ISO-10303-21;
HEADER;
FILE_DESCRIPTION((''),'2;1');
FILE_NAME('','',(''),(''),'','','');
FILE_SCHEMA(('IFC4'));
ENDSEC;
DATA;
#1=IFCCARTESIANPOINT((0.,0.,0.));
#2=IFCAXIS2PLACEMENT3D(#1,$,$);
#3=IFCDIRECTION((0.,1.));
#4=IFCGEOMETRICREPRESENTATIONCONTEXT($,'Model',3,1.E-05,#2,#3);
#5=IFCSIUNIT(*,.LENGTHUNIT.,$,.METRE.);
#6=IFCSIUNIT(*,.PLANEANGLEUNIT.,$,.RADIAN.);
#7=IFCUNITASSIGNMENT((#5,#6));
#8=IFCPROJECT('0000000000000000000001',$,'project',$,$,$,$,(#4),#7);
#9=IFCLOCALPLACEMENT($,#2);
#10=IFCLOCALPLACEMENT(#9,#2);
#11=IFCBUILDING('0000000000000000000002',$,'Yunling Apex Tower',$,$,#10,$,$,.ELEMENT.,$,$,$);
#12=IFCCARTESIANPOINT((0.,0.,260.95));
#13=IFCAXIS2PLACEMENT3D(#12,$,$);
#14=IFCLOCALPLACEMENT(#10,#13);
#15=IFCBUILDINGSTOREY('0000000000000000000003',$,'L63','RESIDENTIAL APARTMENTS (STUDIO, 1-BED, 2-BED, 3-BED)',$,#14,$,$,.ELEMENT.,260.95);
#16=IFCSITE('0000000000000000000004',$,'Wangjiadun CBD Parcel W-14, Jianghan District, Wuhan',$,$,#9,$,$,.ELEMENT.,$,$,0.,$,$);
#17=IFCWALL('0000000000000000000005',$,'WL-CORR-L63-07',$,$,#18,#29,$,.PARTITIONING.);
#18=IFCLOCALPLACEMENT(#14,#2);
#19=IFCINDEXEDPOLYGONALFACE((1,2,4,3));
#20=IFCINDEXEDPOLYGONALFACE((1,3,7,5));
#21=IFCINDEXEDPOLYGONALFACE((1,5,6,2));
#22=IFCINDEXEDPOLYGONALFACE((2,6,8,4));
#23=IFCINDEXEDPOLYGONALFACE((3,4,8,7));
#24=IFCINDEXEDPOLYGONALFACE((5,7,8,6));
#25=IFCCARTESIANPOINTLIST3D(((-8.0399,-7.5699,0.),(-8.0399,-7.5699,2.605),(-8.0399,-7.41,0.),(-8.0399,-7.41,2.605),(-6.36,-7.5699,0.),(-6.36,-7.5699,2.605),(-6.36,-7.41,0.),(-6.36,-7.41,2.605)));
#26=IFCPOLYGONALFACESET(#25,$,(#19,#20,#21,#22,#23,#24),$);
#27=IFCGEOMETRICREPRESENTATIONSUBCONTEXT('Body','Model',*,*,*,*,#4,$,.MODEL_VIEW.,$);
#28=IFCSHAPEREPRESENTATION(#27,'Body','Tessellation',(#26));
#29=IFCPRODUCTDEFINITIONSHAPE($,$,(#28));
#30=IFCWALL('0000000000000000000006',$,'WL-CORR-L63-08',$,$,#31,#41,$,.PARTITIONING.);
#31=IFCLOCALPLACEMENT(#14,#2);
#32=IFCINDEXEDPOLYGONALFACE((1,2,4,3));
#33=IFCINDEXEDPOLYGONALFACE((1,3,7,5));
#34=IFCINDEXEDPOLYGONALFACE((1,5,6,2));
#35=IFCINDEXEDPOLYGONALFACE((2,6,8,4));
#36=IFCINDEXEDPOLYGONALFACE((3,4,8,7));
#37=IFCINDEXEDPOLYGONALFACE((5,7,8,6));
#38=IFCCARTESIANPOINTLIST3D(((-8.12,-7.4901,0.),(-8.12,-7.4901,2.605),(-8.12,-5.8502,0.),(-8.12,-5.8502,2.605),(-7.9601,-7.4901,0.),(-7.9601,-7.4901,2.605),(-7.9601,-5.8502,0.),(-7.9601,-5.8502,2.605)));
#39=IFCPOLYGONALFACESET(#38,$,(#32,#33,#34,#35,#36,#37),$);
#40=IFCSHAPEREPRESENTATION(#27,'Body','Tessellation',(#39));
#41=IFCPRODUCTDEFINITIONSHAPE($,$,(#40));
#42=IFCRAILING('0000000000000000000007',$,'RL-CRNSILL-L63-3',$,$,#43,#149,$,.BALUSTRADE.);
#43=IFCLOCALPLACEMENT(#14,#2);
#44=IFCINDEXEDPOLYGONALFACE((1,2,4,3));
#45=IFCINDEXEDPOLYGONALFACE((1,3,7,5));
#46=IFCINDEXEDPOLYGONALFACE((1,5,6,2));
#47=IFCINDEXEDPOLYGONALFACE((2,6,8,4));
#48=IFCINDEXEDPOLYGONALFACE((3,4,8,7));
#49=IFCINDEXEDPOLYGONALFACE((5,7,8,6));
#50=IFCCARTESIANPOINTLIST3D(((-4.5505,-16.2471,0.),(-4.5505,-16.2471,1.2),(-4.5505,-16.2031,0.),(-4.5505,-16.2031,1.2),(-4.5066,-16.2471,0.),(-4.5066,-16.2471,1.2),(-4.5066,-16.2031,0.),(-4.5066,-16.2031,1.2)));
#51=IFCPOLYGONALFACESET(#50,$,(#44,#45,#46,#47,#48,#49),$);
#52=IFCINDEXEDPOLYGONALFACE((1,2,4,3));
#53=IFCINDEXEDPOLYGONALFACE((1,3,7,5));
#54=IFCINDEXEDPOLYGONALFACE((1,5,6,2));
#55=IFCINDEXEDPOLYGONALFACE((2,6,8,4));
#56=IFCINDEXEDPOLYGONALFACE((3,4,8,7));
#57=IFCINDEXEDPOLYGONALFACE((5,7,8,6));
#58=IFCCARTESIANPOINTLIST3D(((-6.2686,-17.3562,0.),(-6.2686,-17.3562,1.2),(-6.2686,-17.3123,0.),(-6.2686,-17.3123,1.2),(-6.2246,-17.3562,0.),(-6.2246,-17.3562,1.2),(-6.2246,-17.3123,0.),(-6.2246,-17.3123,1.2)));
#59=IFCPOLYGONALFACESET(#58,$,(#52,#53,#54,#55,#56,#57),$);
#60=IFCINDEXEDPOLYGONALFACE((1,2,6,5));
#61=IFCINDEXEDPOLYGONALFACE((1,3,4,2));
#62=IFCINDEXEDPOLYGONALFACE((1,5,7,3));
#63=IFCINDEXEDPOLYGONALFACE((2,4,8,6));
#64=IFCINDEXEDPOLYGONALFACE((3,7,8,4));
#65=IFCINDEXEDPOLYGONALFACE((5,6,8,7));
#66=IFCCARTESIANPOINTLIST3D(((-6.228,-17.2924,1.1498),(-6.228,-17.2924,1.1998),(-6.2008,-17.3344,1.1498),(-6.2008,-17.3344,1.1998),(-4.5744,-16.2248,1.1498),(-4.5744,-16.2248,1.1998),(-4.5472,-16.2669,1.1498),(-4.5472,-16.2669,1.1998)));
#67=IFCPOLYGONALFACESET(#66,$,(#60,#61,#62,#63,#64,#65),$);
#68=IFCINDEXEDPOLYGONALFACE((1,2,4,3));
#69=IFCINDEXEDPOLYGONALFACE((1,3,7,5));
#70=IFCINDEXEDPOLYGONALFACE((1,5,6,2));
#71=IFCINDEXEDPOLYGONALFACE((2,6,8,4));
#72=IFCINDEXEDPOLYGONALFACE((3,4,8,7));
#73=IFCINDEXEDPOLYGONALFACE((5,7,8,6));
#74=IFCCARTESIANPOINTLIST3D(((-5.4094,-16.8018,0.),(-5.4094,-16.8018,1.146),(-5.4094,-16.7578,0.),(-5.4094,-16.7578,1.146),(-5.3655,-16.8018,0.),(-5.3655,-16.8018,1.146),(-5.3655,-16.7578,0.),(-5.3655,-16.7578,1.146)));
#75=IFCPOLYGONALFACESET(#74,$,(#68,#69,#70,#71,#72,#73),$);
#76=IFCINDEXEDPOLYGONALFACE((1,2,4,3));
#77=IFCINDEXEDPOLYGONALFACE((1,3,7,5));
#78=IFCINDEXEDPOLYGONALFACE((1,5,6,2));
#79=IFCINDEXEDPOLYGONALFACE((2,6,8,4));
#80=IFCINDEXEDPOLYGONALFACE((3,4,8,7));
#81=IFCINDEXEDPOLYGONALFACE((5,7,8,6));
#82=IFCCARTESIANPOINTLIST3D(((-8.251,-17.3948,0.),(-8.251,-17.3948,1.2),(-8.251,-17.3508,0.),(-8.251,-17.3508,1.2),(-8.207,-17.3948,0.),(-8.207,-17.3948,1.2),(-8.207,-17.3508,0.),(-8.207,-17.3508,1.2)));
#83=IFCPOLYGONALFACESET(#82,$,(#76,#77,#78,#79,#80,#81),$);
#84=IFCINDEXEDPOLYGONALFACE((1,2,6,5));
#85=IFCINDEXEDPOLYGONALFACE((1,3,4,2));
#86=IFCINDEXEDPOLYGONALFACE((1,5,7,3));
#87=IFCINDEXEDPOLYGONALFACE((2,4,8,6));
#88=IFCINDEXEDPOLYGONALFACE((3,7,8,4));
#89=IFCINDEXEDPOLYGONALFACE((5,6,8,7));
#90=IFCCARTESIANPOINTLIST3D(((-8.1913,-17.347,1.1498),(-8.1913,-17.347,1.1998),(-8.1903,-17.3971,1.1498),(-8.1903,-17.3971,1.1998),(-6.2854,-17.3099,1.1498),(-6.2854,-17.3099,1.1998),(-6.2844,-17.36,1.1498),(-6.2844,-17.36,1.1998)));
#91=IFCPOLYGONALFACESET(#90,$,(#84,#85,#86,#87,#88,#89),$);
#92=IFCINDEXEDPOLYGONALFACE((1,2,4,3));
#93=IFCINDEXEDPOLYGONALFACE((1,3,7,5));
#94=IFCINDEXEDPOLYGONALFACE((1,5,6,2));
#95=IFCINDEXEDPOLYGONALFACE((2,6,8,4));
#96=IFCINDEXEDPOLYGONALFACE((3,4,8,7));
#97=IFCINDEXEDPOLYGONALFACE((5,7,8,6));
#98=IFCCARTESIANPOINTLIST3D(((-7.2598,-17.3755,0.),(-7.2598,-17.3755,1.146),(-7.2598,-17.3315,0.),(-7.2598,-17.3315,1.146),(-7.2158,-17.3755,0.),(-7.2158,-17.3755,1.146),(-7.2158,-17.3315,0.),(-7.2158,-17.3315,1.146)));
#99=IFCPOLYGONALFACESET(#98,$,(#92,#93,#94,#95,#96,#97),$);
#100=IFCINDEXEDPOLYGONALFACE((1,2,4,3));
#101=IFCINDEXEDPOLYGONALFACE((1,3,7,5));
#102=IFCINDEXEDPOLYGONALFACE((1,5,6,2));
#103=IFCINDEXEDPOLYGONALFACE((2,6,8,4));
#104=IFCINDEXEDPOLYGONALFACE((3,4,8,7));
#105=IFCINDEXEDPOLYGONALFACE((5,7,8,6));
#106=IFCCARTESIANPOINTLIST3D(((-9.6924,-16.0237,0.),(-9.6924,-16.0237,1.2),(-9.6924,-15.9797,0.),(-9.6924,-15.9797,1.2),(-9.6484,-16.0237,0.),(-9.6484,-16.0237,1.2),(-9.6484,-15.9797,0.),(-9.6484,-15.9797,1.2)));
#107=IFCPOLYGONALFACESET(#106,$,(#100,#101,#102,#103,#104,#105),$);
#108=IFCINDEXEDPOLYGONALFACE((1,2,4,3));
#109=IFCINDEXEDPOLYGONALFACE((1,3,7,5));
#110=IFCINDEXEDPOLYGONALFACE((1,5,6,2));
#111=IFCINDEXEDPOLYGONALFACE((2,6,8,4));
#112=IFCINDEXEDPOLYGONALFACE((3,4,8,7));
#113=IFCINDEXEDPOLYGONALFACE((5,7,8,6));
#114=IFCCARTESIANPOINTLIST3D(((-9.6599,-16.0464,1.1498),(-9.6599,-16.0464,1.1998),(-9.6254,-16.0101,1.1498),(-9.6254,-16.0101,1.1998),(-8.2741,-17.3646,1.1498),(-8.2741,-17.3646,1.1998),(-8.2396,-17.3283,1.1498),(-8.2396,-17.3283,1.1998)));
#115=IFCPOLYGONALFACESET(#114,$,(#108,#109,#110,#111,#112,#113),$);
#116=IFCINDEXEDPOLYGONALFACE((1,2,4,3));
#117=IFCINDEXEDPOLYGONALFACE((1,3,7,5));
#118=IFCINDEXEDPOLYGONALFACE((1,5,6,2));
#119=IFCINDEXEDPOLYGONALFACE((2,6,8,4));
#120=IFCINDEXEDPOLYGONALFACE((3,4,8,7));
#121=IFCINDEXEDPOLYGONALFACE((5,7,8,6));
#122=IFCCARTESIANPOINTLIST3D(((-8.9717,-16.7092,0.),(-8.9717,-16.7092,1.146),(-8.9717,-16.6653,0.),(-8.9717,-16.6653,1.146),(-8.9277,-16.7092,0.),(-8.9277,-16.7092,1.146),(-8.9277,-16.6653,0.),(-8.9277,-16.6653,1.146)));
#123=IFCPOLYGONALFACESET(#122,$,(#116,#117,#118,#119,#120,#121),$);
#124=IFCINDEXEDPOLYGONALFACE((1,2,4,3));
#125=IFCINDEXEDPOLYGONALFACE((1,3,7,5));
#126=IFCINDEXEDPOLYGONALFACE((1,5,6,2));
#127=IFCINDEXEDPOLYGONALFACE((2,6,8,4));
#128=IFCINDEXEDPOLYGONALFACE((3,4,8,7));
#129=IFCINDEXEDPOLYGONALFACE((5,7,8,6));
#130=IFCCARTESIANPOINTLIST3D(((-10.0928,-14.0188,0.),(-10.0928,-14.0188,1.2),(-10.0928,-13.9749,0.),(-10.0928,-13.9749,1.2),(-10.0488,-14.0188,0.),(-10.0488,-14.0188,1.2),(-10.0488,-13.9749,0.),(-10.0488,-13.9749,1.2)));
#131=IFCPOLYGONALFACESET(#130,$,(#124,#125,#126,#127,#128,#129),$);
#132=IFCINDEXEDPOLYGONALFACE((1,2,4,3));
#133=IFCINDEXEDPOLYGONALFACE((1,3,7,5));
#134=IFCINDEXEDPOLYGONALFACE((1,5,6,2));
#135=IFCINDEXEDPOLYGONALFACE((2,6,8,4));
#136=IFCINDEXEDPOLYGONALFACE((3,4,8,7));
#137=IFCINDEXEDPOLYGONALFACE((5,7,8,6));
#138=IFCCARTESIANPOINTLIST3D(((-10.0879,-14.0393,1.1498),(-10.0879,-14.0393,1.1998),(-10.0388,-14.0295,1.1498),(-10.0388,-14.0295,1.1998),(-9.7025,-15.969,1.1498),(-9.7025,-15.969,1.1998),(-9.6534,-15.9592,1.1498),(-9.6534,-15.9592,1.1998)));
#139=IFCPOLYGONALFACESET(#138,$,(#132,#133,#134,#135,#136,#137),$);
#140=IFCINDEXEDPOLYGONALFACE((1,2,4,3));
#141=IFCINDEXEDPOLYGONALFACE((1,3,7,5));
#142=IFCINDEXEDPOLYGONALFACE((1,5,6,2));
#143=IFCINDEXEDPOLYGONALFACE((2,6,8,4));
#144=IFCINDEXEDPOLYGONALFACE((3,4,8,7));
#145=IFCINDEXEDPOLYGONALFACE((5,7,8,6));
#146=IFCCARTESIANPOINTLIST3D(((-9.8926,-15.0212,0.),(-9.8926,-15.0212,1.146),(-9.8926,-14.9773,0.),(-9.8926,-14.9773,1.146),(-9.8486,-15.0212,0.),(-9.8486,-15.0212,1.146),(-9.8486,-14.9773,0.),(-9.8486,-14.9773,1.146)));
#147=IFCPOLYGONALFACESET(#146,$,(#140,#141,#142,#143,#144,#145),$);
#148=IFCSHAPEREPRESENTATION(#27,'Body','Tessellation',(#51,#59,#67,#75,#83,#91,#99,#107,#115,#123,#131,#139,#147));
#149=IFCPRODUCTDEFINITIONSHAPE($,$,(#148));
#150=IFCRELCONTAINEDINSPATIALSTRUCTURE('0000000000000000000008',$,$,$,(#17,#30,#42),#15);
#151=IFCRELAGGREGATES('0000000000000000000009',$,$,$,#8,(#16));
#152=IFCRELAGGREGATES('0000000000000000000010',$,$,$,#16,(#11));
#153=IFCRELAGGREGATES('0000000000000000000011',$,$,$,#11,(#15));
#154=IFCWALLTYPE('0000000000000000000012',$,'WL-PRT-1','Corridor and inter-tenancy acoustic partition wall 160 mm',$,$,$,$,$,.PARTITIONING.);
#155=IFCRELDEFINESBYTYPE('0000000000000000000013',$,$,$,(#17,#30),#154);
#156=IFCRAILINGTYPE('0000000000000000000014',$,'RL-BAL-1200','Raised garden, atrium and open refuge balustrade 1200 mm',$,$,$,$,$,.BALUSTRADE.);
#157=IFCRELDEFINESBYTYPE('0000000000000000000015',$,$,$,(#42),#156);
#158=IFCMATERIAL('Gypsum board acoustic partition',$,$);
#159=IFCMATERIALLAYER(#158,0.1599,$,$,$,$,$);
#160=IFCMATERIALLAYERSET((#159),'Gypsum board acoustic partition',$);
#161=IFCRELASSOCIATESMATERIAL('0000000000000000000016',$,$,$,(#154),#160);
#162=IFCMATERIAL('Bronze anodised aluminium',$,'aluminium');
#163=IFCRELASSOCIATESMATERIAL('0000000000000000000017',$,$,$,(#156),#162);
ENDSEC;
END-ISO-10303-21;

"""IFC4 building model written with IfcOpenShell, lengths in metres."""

from ifc_helpers import new_model, si_unit, direction, frame, frame_2d, origin, origin_2d, place, context, subcontext, project, spatial, rectangle, extrude, material, layer, layer_set, type_object, element, save


model = new_model("IFC4")

# Units and contexts
model_context = context("Model", 3, precision=1e-05, world=origin(), true_north=direction((0.0, 1.0)))
body_context = subcontext(model_context, "Body", "Model", "MODEL_VIEW")
ifc_project = project(units=[si_unit("LENGTHUNIT", "METRE"), si_unit("PLANEANGLEUNIT", "RADIAN")], contexts=[model_context])

# Site, building, storey
site_placement = place(None, origin())
site = spatial("IfcSite", under=ifc_project, at=site_placement, Name="Wangjiadun CBD Parcel W-14, Jianghan District, Wuhan", CompositionType="ELEMENT", RefElevation=0.0)
building_placement = place(site_placement, origin())
building = spatial("IfcBuilding", under=site, at=building_placement, Name="Yunling Apex Tower", CompositionType="ELEMENT")
storey_placement = place(building_placement, frame((0.0, 0.0, 260.95)))
storey = spatial("IfcBuildingStorey", under=building, at=storey_placement, Name="L63", Description="RESIDENTIAL APARTMENTS (STUDIO, 1-BED, 2-BED, 3-BED)", CompositionType="ELEMENT", Elevation=260.95)

# Shared definitions
ifc_material_1 = material(Name="Bronze anodised aluminium", Category="aluminium")

# Walls
ifc_material_2 = material(Name="Gypsum board acoustic partition")
ifc_layer_1 = layer(ifc_material_2, 0.1599)
ifc_layer_set_1 = layer_set([ifc_layer_1], Name="Gypsum board acoustic partition")
wall_type = type_object("IfcWallType", Name="WL-PRT-1", Description="Corridor and inter-tenancy acoustic partition wall 160 mm", PredefinedType="PARTITIONING", material=ifc_layer_set_1)
wall_1_placement = place(storey_placement, frame((-6.3601, -7.49, 0.0), z_axis=(0.0, 0.0, 1.0), x_axis=(-1.0, 0.0, 0.0)))
element("IfcWall", 1, at=wall_1_placement, inside=storey, type_object=wall_type, Name="WL-CORR-L63-07", PredefinedType="PARTITIONING", context=body_context, shape_type="SweptSolid", body=[
    extrude(rectangle(XDim=1.6799, YDim=0.1599, at=frame_2d((0.8398, 0.0))), origin(), (0.0, 0.0, 1.0), 2.605),
])
wall_2_placement = place(storey_placement, frame((-8.04, -7.49, 0.0), z_axis=(0.0, 0.0, 1.0), x_axis=(0.0, 1.0, 0.0)))
element("IfcWall", 2, at=wall_2_placement, inside=storey, type_object=wall_type, Name="WL-CORR-L63-08", PredefinedType="PARTITIONING", context=body_context, shape_type="SweptSolid", body=[
    extrude(rectangle(XDim=1.6399, YDim=0.1599, at=frame_2d((0.8198, 0.0))), origin(), (0.0, 0.0, 1.0), 2.605),
])

# Railing
railing_type = type_object("IfcRailingType", Name="RL-BAL-1200", Description="Raised garden, atrium and open refuge balustrade 1200 mm", PredefinedType="BALUSTRADE", material=ifc_material_1)
railing_placement = place(storey_placement, frame((-4.5286, -16.2251, 0.0)))
element("IfcRailing", 3, at=railing_placement, inside=storey, type_object=railing_type, Name="RL-CRNSILL-L63-3", PredefinedType="BALUSTRADE", context=body_context, shape_type="SweptSolid", body=[
    extrude(rectangle(XDim=0.0439, YDim=0.0439, at=origin_2d()), origin(), (0.0, 0.0, 1.0), 1.2),
    extrude(rectangle(XDim=0.0439, YDim=0.0439, at=origin_2d()), frame((-1.718, -1.1091, 0.0)), (0.0, 0.0, 1.0), 1.2),
    extrude(rectangle(XDim=0.05, YDim=0.05, at=origin_2d()), frame((-0.0322, -0.0208, 1.1748), z_axis=(-0.840133, -0.54238, 0.0), x_axis=(0.54238, -0.840133, 0.0)), (0.0, 0.0, 1.0), 1.9683),
    extrude(rectangle(XDim=0.0439, YDim=0.0439, at=origin_2d()), frame((-0.8589, -0.5547, 0.0)), (0.0, 0.0, 1.0), 1.146),
    extrude(rectangle(XDim=0.0439, YDim=0.0439, at=origin_2d()), frame((-3.7004, -1.1477, 0.0)), (0.0, 0.0, 1.0), 1.2),
    extrude(rectangle(XDim=0.05, YDim=0.05, at=origin_2d()), frame((-1.7563, -1.1099, 1.1748), z_axis=(-0.999811, -0.019454, 0.0), x_axis=(0.019454, -0.999811, 0.0)), (0.0, 0.0, 1.0), 1.9062),
    extrude(rectangle(XDim=0.0439, YDim=0.0439, at=origin_2d()), frame((-2.7092, -1.1284, 0.0)), (0.0, 0.0, 1.0), 1.146),
    extrude(rectangle(XDim=0.0439, YDim=0.0439, at=origin_2d()), frame((-5.1418, 0.2234, 0.0)), (0.0, 0.0, 1.0), 1.2),
    extrude(rectangle(XDim=0.05, YDim=0.05, at=origin_2d()), frame((-3.7283, -1.1213, 1.1748), z_axis=(-0.724558, 0.689214, 0.0), x_axis=(-0.689214, -0.724558, 0.0)), (0.0, 0.0, 1.0), 1.9126),
    extrude(rectangle(XDim=0.0439, YDim=0.0439, at=origin_2d()), frame((-4.4211, -0.4622, 0.0)), (0.0, 0.0, 1.0), 1.146),
    extrude(rectangle(XDim=0.0439, YDim=0.0439, at=origin_2d()), frame((-5.5422, 2.2283, 0.0)), (0.0, 0.0, 1.0), 1.2),
    extrude(rectangle(XDim=0.05, YDim=0.05, at=origin_2d()), frame((-5.1494, 0.261, 1.1748), z_axis=(-0.195841, 0.980636, 0.0), x_axis=(-0.980636, -0.195841, 0.0)), (0.0, 0.0, 1.0), 1.9678),
    extrude(rectangle(XDim=0.0439, YDim=0.0439, at=origin_2d()), frame((-5.342, 1.2258, 0.0)), (0.0, 0.0, 1.0), 1.146),
])

save(model, "model.ifc")
